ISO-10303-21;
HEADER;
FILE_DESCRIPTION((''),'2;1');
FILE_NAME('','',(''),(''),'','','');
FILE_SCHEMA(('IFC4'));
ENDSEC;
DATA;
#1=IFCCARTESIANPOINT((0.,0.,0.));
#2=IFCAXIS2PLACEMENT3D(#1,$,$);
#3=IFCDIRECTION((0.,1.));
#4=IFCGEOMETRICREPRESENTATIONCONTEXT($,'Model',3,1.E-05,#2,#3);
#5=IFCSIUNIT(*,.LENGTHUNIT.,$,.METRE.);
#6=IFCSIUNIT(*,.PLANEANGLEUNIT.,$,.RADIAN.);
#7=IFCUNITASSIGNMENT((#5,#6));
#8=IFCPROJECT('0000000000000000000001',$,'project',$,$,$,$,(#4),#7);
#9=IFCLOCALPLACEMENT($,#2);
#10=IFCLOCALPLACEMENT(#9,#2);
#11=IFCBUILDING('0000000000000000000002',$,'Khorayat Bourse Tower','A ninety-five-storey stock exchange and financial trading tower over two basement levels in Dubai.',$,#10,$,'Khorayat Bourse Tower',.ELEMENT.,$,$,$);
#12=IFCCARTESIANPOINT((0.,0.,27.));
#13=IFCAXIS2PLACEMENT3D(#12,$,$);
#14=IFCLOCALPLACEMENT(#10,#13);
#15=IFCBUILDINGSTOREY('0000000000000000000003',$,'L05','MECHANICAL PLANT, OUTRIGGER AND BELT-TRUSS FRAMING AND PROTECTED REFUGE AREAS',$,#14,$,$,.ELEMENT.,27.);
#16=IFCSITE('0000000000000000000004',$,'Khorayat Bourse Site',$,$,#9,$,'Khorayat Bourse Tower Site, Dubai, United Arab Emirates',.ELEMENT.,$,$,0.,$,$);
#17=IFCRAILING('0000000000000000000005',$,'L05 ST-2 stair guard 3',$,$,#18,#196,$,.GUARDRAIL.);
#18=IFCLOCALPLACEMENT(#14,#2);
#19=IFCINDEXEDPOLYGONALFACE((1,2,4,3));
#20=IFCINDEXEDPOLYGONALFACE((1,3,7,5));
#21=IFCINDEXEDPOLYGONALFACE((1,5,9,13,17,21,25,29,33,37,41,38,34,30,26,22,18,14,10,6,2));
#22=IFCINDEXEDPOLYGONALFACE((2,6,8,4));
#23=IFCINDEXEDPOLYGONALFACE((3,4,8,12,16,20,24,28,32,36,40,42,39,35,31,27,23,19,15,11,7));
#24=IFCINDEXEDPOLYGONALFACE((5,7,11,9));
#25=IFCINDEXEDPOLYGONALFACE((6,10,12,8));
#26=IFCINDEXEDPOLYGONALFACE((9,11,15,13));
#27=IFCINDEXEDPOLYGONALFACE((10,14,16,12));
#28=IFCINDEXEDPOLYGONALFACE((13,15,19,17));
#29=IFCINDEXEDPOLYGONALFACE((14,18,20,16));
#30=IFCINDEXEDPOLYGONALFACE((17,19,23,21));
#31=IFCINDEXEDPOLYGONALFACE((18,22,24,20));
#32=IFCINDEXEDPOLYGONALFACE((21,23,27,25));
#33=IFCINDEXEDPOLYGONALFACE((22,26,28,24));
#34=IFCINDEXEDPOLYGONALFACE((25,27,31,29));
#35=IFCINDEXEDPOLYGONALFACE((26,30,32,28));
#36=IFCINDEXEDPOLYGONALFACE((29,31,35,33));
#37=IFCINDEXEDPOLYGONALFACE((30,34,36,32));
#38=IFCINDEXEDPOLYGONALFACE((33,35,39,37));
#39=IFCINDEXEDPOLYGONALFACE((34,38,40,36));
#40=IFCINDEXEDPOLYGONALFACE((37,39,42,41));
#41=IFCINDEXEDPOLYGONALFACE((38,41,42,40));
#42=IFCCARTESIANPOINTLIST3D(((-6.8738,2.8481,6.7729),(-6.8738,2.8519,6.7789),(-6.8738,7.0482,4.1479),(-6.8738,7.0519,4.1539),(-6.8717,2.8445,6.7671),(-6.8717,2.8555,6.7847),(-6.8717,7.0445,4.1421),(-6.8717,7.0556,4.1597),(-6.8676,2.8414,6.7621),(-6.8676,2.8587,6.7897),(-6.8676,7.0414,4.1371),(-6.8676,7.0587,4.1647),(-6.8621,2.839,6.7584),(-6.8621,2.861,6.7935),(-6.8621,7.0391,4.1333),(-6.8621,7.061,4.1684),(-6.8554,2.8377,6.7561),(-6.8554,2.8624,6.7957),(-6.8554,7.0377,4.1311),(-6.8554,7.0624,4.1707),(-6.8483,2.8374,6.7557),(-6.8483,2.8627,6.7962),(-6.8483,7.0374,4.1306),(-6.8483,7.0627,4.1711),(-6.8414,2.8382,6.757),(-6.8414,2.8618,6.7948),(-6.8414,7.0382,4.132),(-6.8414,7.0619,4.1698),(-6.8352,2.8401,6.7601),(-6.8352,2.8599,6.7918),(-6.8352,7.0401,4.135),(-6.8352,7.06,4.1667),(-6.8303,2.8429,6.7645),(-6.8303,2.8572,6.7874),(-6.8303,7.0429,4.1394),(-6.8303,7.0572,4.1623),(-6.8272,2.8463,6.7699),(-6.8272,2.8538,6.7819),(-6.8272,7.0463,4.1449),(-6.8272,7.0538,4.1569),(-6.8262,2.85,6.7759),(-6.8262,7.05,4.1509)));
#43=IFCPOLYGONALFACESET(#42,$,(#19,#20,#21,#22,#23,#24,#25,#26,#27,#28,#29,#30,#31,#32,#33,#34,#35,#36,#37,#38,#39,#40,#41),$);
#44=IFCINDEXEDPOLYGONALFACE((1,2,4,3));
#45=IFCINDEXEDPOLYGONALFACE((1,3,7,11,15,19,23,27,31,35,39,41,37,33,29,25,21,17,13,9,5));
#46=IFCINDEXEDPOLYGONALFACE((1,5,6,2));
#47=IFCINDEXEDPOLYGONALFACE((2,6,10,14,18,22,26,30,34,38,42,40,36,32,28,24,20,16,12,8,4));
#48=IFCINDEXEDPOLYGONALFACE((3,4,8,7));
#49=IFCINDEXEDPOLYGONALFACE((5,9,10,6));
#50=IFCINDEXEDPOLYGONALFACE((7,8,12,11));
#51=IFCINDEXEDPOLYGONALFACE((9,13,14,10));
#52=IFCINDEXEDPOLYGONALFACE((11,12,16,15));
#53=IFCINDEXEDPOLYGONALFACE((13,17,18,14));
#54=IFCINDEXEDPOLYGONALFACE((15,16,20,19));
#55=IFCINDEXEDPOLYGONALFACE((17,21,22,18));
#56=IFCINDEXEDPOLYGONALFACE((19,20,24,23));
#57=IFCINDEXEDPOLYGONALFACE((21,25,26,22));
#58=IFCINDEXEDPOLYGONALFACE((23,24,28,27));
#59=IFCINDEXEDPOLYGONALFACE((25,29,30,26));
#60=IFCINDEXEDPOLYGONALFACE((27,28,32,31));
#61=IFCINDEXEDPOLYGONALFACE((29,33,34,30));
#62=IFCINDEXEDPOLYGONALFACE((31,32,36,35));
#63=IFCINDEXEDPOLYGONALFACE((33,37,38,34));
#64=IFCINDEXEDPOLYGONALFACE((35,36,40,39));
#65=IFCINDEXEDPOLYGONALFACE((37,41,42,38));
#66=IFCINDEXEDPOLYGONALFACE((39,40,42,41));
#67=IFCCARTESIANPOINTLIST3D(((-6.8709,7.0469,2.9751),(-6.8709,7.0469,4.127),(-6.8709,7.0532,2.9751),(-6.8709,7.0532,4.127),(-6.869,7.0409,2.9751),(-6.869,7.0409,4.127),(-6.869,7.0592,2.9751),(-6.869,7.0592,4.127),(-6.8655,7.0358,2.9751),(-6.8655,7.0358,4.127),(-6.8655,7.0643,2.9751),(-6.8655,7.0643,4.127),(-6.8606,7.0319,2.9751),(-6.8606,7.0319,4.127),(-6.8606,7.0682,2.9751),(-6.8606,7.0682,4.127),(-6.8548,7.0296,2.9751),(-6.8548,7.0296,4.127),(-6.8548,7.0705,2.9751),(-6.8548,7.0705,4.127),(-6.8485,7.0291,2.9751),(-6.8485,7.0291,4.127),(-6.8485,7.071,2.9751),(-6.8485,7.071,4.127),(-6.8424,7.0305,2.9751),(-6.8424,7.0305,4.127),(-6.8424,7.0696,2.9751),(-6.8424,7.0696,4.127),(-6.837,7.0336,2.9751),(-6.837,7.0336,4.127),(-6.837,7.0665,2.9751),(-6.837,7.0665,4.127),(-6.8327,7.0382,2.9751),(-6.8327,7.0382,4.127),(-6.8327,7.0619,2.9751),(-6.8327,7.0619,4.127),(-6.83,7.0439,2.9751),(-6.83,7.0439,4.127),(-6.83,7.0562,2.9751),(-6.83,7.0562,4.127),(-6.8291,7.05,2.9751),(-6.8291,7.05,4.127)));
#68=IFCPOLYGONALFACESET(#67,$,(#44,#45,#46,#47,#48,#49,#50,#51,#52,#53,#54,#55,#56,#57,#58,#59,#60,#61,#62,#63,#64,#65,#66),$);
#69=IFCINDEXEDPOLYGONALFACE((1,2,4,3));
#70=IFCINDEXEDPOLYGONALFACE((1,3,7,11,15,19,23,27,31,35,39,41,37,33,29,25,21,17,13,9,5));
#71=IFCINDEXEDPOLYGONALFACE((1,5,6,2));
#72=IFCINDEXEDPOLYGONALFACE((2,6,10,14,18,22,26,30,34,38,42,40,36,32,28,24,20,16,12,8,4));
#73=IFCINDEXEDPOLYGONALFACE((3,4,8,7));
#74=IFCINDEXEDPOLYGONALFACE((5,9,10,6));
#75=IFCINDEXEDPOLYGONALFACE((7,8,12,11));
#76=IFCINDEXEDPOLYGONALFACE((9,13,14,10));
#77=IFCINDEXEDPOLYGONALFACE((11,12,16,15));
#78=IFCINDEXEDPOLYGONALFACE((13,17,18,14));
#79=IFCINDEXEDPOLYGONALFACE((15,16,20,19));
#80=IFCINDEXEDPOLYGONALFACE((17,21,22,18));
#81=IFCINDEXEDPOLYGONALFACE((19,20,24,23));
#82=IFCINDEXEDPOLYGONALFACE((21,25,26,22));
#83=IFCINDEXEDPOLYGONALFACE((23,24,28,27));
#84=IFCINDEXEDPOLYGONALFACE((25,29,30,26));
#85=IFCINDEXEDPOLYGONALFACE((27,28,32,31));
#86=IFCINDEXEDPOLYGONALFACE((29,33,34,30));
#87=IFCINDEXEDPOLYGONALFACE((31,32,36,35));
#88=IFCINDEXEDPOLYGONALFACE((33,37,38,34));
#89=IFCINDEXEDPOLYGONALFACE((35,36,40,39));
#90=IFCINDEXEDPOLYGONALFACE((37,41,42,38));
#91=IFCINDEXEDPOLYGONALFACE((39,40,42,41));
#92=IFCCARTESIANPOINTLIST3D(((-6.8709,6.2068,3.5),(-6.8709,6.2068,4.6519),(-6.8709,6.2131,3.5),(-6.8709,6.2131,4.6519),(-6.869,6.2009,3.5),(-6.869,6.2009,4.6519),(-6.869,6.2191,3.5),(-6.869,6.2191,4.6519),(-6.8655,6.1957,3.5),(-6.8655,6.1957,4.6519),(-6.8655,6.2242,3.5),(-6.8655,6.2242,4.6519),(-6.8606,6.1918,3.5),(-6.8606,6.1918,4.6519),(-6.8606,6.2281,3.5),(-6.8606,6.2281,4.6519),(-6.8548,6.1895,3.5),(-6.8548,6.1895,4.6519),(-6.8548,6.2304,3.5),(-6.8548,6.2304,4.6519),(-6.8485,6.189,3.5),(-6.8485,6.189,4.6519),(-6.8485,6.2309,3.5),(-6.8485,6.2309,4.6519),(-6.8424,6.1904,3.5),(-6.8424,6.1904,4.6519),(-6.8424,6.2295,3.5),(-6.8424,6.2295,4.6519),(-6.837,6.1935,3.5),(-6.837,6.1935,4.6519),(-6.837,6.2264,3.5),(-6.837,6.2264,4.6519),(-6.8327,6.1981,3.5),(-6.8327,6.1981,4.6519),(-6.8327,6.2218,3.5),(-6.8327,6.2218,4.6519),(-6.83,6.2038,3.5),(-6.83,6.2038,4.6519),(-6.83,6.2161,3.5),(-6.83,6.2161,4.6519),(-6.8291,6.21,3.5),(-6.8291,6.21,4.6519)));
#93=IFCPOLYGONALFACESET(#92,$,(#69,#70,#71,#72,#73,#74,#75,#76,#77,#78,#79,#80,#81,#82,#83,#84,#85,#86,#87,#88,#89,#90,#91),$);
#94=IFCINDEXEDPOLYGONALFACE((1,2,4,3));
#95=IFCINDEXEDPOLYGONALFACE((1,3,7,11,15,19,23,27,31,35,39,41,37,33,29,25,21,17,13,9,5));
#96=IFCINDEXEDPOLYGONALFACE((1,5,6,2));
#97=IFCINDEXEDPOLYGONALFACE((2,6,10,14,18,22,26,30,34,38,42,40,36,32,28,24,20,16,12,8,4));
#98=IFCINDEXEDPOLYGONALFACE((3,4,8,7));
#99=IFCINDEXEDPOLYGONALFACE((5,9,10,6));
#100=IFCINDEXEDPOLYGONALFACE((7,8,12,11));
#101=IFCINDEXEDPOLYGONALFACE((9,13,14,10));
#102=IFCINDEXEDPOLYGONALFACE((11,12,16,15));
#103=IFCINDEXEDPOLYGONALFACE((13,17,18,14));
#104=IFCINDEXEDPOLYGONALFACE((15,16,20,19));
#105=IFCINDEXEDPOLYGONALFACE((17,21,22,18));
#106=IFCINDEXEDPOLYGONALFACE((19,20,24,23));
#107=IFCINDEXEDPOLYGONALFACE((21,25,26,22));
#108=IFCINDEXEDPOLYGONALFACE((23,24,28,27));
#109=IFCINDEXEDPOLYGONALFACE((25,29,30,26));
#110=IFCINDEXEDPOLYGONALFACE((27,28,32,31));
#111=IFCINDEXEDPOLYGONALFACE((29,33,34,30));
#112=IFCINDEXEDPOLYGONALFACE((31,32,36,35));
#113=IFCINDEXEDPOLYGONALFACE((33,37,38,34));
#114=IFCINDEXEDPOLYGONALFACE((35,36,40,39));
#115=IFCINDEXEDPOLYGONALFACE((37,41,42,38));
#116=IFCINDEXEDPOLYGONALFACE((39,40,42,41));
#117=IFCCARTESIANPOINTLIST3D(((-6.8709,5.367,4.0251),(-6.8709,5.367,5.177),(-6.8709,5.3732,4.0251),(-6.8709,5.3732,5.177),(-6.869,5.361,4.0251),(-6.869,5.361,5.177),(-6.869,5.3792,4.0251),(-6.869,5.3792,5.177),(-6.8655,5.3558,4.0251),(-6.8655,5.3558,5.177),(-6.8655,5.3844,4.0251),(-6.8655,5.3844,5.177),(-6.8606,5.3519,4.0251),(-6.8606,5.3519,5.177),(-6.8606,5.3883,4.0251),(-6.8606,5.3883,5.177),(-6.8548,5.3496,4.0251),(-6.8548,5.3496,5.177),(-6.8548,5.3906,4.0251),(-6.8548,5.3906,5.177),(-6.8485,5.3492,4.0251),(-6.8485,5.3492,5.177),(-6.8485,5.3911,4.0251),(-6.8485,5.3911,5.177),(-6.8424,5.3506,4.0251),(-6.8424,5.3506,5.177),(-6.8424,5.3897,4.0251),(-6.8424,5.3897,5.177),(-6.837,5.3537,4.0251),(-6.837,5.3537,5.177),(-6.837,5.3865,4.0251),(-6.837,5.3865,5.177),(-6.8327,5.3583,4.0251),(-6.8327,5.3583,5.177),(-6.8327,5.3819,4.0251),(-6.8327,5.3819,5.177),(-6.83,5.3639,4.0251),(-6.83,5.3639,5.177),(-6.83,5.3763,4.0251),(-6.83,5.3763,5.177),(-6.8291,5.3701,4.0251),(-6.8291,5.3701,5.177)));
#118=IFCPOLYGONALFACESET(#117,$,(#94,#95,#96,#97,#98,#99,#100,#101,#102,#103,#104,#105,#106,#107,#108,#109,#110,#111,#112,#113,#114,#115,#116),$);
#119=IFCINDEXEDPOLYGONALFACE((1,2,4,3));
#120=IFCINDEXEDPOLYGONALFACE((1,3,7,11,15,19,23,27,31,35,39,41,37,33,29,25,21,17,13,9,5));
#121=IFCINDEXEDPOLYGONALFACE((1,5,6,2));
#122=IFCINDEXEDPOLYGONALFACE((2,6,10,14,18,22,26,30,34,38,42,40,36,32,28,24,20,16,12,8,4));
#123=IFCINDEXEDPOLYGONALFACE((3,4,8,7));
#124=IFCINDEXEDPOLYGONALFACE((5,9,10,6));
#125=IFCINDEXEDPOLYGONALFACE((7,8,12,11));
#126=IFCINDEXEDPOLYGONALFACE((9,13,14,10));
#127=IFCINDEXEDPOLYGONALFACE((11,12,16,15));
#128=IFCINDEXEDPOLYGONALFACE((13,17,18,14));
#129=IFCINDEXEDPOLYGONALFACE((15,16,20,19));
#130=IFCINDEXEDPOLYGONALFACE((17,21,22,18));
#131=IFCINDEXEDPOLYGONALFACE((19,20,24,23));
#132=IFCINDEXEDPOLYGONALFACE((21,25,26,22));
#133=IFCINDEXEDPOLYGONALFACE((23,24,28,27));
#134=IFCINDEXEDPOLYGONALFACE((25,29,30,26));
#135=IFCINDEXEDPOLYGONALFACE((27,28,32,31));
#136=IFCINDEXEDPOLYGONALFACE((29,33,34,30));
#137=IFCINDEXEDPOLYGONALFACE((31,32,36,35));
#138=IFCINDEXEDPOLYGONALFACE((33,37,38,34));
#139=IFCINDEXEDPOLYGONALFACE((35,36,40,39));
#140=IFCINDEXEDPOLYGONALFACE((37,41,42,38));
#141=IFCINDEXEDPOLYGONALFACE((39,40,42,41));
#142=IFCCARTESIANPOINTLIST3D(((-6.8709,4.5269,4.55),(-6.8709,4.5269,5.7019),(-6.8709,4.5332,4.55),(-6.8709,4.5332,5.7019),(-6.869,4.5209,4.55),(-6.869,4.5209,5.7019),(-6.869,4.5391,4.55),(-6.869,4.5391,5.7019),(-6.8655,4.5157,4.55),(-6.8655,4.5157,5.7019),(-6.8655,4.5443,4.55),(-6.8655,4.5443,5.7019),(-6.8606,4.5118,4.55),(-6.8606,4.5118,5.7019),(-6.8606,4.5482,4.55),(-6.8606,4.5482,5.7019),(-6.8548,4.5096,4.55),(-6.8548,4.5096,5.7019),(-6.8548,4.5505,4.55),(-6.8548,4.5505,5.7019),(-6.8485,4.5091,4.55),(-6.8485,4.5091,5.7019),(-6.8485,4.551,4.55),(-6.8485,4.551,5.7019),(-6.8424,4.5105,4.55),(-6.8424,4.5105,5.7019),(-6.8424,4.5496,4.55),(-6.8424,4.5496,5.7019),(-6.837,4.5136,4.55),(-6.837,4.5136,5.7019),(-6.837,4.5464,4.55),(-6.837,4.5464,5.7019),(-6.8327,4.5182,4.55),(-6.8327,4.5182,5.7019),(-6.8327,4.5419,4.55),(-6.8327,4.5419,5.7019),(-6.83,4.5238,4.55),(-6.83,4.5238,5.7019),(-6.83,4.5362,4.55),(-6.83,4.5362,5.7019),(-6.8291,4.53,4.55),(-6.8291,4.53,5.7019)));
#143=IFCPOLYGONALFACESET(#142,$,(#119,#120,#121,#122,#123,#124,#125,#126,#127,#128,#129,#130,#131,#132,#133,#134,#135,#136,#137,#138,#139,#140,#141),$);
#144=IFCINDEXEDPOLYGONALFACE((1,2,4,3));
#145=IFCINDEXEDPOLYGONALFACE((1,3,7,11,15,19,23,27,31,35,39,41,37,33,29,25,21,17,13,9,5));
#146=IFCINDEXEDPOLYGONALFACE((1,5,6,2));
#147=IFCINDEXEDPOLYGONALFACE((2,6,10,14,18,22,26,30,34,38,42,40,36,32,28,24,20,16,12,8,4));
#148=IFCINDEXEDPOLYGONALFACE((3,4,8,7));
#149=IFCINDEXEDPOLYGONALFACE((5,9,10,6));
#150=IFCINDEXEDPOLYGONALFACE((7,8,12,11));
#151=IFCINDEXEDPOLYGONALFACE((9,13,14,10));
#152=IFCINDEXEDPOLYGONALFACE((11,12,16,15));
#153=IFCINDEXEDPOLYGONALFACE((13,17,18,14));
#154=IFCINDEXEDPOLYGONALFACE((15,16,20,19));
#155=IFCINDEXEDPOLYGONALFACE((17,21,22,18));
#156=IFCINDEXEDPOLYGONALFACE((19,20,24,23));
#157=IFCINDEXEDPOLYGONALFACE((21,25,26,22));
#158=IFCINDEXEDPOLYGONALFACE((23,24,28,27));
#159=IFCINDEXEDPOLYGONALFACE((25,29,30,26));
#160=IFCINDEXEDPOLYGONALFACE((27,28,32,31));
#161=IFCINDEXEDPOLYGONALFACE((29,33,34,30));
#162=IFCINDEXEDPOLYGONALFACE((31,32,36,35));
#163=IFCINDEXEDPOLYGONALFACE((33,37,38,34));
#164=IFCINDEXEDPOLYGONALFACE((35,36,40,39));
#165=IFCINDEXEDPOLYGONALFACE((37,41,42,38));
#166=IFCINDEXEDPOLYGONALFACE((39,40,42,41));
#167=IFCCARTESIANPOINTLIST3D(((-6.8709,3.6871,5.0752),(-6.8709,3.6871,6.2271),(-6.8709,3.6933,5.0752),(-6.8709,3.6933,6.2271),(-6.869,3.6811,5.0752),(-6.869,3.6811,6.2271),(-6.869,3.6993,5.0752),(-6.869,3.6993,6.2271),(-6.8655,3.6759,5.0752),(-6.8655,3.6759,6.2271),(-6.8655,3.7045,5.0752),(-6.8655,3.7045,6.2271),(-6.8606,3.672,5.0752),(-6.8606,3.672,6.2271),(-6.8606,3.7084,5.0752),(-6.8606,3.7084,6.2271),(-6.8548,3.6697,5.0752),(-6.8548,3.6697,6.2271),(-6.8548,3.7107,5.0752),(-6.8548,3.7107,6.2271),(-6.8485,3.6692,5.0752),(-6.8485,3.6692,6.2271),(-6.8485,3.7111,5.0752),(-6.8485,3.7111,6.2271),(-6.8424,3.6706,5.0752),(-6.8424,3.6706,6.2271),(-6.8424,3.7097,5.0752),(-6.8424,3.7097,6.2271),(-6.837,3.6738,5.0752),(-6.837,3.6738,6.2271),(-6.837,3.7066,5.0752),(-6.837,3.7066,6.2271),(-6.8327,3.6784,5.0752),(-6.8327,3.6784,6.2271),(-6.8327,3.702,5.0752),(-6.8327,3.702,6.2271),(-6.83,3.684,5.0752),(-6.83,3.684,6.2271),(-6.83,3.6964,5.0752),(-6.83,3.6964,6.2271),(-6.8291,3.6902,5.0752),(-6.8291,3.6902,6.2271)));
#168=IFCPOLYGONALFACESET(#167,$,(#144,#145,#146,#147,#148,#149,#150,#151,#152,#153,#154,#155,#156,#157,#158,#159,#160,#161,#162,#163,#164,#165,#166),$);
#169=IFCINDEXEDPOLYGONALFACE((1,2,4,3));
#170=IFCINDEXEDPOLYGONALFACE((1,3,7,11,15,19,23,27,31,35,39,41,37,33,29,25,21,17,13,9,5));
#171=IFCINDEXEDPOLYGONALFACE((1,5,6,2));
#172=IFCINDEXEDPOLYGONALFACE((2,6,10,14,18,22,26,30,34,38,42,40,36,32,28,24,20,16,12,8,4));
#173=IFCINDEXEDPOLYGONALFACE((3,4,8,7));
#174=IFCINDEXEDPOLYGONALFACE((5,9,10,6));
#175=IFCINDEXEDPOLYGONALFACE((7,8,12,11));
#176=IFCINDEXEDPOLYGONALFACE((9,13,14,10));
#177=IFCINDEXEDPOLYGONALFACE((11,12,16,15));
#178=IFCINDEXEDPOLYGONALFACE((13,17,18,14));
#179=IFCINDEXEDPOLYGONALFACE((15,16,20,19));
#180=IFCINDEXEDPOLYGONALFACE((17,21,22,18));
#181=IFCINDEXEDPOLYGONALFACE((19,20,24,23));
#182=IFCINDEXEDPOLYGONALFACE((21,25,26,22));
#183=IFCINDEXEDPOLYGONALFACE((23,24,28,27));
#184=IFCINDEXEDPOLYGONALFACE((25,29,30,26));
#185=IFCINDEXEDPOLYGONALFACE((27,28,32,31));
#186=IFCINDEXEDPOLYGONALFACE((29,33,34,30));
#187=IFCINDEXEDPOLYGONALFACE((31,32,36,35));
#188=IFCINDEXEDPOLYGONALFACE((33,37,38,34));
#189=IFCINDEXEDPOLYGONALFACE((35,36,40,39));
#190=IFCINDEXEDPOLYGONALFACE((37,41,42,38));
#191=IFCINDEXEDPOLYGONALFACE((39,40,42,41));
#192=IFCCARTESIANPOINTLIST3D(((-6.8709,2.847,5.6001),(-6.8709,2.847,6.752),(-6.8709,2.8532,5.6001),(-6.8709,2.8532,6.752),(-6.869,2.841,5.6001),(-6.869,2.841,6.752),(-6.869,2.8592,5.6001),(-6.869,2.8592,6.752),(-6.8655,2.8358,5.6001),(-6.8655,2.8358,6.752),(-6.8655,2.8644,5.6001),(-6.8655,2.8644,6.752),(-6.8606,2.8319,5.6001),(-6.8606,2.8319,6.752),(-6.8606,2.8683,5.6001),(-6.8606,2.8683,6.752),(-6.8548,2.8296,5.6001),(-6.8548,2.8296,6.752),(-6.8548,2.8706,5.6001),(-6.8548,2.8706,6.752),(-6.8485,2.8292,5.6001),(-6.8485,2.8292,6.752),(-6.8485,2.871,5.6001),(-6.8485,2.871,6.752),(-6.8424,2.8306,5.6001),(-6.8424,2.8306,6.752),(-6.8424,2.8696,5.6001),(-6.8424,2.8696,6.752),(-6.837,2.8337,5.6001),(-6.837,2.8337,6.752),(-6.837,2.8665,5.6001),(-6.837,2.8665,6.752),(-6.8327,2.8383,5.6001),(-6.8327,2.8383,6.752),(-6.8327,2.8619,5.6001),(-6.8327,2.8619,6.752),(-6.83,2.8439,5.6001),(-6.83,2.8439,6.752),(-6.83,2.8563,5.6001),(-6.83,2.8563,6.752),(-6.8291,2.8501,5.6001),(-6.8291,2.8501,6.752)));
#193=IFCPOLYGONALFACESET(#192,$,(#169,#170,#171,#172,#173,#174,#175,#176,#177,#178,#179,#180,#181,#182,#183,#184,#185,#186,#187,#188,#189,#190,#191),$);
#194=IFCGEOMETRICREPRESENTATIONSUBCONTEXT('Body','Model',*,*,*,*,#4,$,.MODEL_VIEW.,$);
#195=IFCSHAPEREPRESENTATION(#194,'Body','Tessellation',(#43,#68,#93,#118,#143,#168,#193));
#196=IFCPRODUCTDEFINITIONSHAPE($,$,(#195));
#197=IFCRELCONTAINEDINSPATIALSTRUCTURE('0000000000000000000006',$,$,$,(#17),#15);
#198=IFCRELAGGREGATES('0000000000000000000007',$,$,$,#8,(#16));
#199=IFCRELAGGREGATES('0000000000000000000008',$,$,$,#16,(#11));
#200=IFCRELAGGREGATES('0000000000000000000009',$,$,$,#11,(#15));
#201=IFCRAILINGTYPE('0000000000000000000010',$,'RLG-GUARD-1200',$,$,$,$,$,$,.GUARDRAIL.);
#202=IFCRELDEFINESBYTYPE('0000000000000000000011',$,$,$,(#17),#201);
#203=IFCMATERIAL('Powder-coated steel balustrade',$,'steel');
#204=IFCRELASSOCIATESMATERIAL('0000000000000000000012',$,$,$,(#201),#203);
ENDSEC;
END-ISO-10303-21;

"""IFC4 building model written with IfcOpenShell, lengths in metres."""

from ifc_helpers import new_model, si_unit, direction, frame, origin, origin_2d, place, context, subcontext, project, spatial, circle, extrude, source, transform, mapped, material, type_object, element, save


model = new_model("IFC4")

# Units and contexts
model_context = context("Model", 3, precision=1e-05, world=origin(), true_north=direction((0.0, 1.0)))
body_context = subcontext(model_context, "Body", "Model", "MODEL_VIEW")
ifc_project = project(units=[si_unit("LENGTHUNIT", "METRE"), si_unit("PLANEANGLEUNIT", "RADIAN")], contexts=[model_context])

# Site, building, storey
site_placement = place(None, origin())
site = spatial("IfcSite", under=ifc_project, at=site_placement, Name="Khorayat Bourse Site", LongName="Khorayat Bourse Tower Site, Dubai, United Arab Emirates", CompositionType="ELEMENT", RefElevation=0.0)
building_placement = place(site_placement, origin())
building = spatial("IfcBuilding", under=site, at=building_placement, Name="Khorayat Bourse Tower", Description="A ninety-five-storey stock exchange and financial trading tower over two basement levels in Dubai.", LongName="Khorayat Bourse Tower", CompositionType="ELEMENT")
storey_placement = place(building_placement, frame((0.0, 0.0, 27.0)))
storey = spatial("IfcBuildingStorey", under=building, at=storey_placement, Name="L05", Description="MECHANICAL PLANT, OUTRIGGER AND BELT-TRUSS FRAMING AND PROTECTED REFUGE AREAS", CompositionType="ELEMENT", Elevation=27.0)

# Railing
ifc_material_1 = material(Name="Powder-coated steel balustrade", Category="steel")
railing_type_1 = type_object("IfcRailingType", Name="RLG-GUARD-1200", PredefinedType="GUARDRAIL", material=ifc_material_1)
shared_shape_1 = source(origin(), body_context, "Body", "SweptSolid", [
    extrude(circle(Radius=0.0239, at=origin_2d()), frame((0.0, 0.0, 1.1758), z_axis=(0.0, -0.847996, 0.530003), x_axis=(1.0, 0.0, 0.0)), (0.0, 0.0, 1.0), 4.9529),
    extrude(circle(Radius=0.021, at=origin_2d()), origin(), (0.0, 0.0, 1.0), 1.1519),
    extrude(circle(Radius=0.021, at=origin_2d()), frame((0.0, -0.8401, 0.5249)), (0.0, 0.0, 1.0), 1.1519),
    extrude(circle(Radius=0.021, at=origin_2d()), frame((0.0, -1.6799, 1.05)), (0.0, 0.0, 1.0), 1.1519),
    extrude(circle(Radius=0.021, at=origin_2d()), frame((0.0, -2.52, 1.575)), (0.0, 0.0, 1.0), 1.1519),
    extrude(circle(Radius=0.021, at=origin_2d()), frame((0.0, -3.3599, 2.1001)), (0.0, 0.0, 1.0), 1.1519),
    extrude(circle(Radius=0.021, at=origin_2d()), frame((0.0, -4.2, 2.625)), (0.0, 0.0, 1.0), 1.1519),
])
for number, where, name in (
    (1, (-6.8501, 7.05, 2.9751), "L05 ST-2 stair guard 3"),
):
    element("IfcRailing", number, at=place(storey_placement, frame(where)), inside=storey, type_object=railing_type_1, Name=name, PredefinedType="GUARDRAIL", context=body_context, shape_type="MappedRepresentation", body=[
        mapped(shared_shape_1, transform((0.0, 0.0, 0.0), scale=1.0)),
    ])

save(model, "model.ifc")
